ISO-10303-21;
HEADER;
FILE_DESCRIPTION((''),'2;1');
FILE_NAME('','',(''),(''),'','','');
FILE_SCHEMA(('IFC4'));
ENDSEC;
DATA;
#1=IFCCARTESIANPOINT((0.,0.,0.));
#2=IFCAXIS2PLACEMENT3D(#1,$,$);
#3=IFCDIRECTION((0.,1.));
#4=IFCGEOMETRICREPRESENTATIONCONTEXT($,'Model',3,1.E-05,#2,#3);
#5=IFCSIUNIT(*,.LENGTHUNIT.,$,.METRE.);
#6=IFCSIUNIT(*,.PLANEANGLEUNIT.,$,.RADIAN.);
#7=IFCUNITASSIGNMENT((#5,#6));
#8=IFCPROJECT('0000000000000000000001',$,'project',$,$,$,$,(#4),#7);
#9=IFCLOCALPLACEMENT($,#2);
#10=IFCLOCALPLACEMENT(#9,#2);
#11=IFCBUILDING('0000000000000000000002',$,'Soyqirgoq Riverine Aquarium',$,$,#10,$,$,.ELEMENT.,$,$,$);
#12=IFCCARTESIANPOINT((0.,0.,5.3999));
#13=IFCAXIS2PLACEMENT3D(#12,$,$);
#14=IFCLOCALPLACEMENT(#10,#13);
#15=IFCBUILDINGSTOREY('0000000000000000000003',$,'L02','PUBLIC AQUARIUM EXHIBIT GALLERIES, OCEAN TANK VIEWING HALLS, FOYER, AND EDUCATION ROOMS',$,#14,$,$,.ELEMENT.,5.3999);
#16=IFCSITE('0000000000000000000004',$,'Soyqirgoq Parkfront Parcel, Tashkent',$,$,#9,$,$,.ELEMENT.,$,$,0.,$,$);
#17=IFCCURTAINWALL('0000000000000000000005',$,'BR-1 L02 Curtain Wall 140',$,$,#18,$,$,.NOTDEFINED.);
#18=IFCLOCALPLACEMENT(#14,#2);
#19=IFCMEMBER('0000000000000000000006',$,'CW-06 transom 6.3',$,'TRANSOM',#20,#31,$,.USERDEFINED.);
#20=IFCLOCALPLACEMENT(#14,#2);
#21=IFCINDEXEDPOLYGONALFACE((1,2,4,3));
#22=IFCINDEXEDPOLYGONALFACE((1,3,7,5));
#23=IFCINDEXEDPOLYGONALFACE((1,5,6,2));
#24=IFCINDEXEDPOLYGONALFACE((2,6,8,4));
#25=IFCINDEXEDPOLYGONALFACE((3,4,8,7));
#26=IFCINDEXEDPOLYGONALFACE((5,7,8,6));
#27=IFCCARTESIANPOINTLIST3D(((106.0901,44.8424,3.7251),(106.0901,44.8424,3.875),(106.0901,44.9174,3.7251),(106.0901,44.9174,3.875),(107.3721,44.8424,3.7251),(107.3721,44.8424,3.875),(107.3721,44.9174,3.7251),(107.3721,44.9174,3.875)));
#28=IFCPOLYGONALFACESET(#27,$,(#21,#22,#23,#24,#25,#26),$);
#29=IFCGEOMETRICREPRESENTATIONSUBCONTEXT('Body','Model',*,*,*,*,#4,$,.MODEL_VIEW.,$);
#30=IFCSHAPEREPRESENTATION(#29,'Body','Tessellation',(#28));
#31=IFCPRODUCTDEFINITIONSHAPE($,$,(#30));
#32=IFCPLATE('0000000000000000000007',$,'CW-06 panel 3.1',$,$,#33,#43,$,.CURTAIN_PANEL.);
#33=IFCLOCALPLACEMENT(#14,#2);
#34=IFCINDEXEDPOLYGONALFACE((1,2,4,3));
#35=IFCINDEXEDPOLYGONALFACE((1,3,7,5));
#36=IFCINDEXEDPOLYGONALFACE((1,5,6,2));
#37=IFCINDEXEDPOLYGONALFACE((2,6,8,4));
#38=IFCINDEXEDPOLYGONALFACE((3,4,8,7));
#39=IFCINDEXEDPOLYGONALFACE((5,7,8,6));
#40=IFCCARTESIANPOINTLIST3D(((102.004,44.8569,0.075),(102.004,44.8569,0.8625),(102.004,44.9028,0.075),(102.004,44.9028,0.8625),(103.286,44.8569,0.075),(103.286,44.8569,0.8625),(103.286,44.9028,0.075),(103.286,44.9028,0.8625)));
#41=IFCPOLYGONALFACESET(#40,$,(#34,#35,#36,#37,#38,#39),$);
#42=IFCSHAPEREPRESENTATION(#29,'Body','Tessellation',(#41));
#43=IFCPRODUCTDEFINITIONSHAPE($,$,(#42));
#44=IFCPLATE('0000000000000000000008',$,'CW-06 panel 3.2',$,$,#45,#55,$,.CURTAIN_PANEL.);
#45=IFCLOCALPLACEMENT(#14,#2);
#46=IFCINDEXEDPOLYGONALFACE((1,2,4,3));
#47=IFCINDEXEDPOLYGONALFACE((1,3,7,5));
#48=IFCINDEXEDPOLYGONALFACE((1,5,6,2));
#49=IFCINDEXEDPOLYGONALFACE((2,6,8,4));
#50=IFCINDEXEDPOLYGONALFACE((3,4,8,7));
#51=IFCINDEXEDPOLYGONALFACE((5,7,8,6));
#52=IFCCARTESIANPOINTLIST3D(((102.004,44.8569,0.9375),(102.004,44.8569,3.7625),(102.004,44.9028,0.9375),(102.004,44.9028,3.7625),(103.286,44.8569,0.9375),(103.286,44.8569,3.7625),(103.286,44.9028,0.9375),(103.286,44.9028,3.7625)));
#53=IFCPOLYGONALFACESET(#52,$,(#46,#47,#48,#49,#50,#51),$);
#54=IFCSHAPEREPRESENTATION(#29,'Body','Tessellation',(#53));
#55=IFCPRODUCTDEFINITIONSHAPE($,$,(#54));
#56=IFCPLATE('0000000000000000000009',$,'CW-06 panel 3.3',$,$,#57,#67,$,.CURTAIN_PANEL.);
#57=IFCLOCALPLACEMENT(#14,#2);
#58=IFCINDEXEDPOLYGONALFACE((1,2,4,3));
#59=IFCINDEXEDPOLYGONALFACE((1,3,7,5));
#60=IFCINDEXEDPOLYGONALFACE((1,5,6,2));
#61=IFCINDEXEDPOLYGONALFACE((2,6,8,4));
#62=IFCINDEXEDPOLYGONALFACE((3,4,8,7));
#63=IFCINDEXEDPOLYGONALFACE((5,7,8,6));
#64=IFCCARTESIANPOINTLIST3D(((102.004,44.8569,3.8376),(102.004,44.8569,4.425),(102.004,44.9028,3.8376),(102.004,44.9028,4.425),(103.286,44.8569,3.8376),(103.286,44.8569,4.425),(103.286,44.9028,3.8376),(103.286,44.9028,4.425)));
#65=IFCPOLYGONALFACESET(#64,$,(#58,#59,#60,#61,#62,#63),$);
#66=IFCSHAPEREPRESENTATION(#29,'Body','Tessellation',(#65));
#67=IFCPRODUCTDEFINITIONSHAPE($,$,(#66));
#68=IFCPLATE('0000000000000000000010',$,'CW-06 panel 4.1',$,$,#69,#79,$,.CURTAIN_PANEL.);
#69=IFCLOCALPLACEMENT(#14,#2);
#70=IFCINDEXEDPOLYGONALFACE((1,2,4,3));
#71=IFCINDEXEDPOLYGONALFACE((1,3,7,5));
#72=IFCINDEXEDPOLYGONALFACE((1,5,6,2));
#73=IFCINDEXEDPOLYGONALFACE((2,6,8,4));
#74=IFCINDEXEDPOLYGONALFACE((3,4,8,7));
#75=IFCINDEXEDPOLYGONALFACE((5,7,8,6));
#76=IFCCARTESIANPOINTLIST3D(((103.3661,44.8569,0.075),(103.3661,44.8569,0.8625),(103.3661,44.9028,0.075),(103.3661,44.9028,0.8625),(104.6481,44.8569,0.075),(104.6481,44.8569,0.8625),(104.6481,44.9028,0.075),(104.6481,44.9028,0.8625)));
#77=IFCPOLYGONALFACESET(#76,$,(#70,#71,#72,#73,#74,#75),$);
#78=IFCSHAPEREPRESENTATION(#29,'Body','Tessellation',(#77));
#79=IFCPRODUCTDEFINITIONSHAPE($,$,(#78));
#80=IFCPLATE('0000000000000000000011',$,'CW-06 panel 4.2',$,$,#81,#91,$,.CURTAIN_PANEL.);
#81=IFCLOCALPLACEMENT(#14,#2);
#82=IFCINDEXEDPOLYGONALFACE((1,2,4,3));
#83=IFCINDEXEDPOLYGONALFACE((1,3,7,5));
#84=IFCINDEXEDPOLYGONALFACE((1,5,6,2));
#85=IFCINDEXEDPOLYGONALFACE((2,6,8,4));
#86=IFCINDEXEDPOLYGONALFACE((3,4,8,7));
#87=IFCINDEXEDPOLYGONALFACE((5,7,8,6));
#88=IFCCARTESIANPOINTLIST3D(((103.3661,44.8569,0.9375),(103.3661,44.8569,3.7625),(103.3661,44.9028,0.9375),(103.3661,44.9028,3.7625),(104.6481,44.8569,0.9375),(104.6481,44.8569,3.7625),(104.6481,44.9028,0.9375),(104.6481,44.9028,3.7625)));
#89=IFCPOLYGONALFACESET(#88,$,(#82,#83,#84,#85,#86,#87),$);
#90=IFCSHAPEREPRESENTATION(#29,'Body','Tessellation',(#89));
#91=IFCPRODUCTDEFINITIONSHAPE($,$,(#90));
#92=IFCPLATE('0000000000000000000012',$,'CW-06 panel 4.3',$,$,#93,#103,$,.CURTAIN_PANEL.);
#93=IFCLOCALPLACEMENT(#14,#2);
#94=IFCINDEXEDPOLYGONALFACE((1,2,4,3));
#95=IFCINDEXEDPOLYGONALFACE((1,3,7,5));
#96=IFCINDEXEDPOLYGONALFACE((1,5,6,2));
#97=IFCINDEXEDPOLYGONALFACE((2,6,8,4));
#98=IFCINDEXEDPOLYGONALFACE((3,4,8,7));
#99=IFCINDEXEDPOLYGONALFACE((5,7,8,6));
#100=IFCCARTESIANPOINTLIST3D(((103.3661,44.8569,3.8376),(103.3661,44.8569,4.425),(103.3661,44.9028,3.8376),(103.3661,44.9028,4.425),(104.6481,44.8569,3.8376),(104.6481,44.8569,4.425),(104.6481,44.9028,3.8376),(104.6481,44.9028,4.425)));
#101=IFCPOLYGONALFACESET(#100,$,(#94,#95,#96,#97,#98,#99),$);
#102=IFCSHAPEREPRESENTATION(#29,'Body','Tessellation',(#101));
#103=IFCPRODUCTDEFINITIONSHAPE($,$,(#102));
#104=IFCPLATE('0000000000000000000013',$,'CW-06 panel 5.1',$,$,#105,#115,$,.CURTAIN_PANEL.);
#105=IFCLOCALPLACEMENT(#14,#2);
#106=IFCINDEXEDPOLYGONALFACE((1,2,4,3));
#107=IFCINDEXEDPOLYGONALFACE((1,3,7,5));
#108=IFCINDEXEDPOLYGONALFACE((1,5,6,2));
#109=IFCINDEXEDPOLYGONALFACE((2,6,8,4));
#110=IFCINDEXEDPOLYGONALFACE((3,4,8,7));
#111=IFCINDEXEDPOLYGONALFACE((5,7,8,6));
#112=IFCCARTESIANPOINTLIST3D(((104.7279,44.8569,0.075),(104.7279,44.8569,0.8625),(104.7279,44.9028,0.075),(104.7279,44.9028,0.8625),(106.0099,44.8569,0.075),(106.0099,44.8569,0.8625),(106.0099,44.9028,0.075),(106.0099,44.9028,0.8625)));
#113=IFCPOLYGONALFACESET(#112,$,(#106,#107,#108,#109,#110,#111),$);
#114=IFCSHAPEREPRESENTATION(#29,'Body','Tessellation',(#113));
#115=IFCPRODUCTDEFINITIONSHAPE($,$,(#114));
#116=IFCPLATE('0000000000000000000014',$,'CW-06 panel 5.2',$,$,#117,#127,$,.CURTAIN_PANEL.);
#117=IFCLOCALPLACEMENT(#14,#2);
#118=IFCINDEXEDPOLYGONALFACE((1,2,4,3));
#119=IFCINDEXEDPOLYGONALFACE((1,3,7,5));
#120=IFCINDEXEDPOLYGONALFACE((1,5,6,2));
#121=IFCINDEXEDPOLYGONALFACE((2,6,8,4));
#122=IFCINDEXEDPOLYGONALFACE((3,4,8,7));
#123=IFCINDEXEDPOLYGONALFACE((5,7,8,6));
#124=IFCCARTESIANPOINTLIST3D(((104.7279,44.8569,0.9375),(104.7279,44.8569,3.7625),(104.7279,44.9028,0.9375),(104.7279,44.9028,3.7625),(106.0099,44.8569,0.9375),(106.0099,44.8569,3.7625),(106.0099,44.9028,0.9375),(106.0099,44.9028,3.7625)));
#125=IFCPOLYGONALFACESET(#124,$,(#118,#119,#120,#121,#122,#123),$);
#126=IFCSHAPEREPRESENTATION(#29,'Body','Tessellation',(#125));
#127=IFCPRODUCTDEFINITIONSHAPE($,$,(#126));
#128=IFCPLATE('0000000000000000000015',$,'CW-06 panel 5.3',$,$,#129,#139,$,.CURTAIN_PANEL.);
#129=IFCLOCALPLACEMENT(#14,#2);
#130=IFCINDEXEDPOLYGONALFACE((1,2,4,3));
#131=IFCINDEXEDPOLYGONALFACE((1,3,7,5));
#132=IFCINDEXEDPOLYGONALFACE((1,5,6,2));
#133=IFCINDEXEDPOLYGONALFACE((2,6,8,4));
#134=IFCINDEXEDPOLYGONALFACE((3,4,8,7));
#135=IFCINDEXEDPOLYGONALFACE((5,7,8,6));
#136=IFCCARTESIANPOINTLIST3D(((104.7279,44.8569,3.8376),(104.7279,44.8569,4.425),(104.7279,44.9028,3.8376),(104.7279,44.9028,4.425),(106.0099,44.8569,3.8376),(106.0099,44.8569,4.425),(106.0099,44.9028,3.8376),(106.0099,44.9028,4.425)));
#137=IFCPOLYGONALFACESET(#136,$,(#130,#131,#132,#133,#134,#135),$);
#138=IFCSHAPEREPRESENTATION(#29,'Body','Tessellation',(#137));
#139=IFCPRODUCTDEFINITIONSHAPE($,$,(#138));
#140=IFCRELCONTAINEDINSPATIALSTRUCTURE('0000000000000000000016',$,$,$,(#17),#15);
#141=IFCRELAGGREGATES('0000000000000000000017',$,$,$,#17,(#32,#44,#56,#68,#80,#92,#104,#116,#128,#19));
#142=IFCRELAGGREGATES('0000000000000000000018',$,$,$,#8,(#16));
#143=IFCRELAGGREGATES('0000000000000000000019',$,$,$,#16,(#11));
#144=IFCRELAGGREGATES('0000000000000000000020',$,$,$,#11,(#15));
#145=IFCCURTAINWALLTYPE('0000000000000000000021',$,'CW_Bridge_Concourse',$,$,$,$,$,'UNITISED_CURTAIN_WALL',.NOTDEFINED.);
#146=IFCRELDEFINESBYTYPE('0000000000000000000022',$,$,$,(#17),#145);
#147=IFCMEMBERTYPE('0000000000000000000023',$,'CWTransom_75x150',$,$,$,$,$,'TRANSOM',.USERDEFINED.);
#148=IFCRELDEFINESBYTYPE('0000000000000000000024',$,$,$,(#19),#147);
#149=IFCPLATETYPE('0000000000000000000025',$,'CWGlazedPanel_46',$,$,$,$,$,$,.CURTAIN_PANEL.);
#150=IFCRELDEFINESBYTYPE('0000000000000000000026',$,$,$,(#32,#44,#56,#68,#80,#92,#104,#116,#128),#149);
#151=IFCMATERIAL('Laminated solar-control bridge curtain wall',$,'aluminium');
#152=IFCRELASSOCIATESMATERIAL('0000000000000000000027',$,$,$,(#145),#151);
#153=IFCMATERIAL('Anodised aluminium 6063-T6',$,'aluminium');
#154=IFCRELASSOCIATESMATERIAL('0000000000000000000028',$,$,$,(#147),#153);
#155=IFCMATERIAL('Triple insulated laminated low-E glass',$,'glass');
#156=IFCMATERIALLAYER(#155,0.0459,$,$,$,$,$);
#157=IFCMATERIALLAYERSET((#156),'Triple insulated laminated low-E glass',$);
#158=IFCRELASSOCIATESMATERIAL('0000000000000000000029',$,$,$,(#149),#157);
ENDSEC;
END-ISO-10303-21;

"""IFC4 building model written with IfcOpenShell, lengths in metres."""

from ifc_helpers import new_model, si_unit, direction, frame, origin, origin_2d, place, context, subcontext, project, spatial, rectangle, extrude, material, layer, layer_set, material_profile, profile_set, type_object, element, aggregate, save


model = new_model("IFC4")

# Units and contexts
model_context = context("Model", 3, precision=1e-05, world=origin(), true_north=direction((0.0, 1.0)))
body_context = subcontext(model_context, "Body", "Model", "MODEL_VIEW")
ifc_project = project(units=[si_unit("LENGTHUNIT", "METRE"), si_unit("PLANEANGLEUNIT", "RADIAN")], contexts=[model_context])

# Site, building, storey
site_placement = place(None, origin())
site = spatial("IfcSite", under=ifc_project, at=site_placement, Name="Soyqirgoq Parkfront Parcel, Tashkent", CompositionType="ELEMENT", RefElevation=0.0)
building_placement = place(site_placement, origin())
building = spatial("IfcBuilding", under=site, at=building_placement, Name="Soyqirgoq Riverine Aquarium", CompositionType="ELEMENT")
storey_placement = place(building_placement, frame((0.0, 0.0, 5.3999)))
storey = spatial("IfcBuildingStorey", under=building, at=storey_placement, Name="L02", Description="PUBLIC AQUARIUM EXHIBIT GALLERIES, OCEAN TANK VIEWING HALLS, FOYER, AND EDUCATION ROOMS", CompositionType="ELEMENT", Elevation=5.3999)

# Curtain wall, member, plates
ifc_material_1 = material(Name="Laminated solar-control bridge curtain wall", Category="aluminium")
curtain_wall_type = type_object("IfcCurtainWallType", Name="CW_Bridge_Concourse", ElementType="UNITISED_CURTAIN_WALL", PredefinedType="NOTDEFINED", material=ifc_material_1)
curtain_wall_placement = place(storey_placement, origin())
curtain_wall = element("IfcCurtainWall", 1, at=curtain_wall_placement, inside=storey, type_object=curtain_wall_type, Name="BR-1 L02 Curtain Wall 140", PredefinedType="NOTDEFINED")
ifc_material_2 = material(Name="Anodised aluminium 6063-T6", Category="aluminium")
ifc_material_profile_1 = material_profile(ifc_material_2, rectangle(XDim=0.075, YDim=0.1499, at=origin_2d()), Name="ALU-T 75x150")
ifc_profile_set_1 = profile_set([ifc_material_profile_1], Name="Anodised aluminium 6063-T6")
member_type_1 = type_object("IfcMemberType", Name="CWTransom_75x150", ElementType="TRANSOM", PredefinedType="USERDEFINED", material=ifc_profile_set_1)
member_1_placement = place(storey_placement, frame((106.0901, 44.8799, 3.8), z_axis=(1.0, 0.0, 0.0), x_axis=(0.0, 1.0, 0.0)))
member_1 = element("IfcMember", 2, at=member_1_placement, type_object=member_type_1, Name="CW-06 transom 6.3", ObjectType="TRANSOM", PredefinedType="USERDEFINED", context=body_context, shape_type="SweptSolid", body=[
    extrude(rectangle(XDim=0.075, YDim=0.1499, at=origin_2d()), origin(), (0.0, 0.0, 1.0), 1.282),
])
ifc_material_3 = material(Name="Triple insulated laminated low-E glass", Category="glass")
ifc_layer = layer(ifc_material_3, 0.0459)
ifc_layer_set = layer_set([ifc_layer], Name="Triple insulated laminated low-E glass")
plate_type = type_object("IfcPlateType", Name="CWGlazedPanel_46", PredefinedType="CURTAIN_PANEL", material=ifc_layer_set)
plate_1_placement = place(storey_placement, frame((102.645, 44.8799, 0.075), z_axis=(0.0, 0.0, 1.0), x_axis=(1.0, 0.0, 0.0)))
plate_1 = element("IfcPlate", 3, at=plate_1_placement, type_object=plate_type, Name="CW-06 panel 3.1", PredefinedType="CURTAIN_PANEL", context=body_context, shape_type="SweptSolid", body=[
    extrude(rectangle(XDim=1.282, YDim=0.0459, at=origin_2d()), origin(), (0.0, 0.0, 1.0), 0.7876),
])
plate_2_placement = place(storey_placement, frame((102.645, 44.8799, 0.9375), z_axis=(0.0, 0.0, 1.0), x_axis=(1.0, 0.0, 0.0)))
plate_2 = element("IfcPlate", 4, at=plate_2_placement, type_object=plate_type, Name="CW-06 panel 3.2", PredefinedType="CURTAIN_PANEL", context=body_context, shape_type="SweptSolid", body=[
    extrude(rectangle(XDim=1.282, YDim=0.0459, at=origin_2d()), origin(), (0.0, 0.0, 1.0), 2.825),
])
plate_3_placement = place(storey_placement, frame((102.645, 44.8799, 3.8376), z_axis=(0.0, 0.0, 1.0), x_axis=(1.0, 0.0, 0.0)))
plate_3 = element("IfcPlate", 5, at=plate_3_placement, type_object=plate_type, Name="CW-06 panel 3.3", PredefinedType="CURTAIN_PANEL", context=body_context, shape_type="SweptSolid", body=[
    extrude(rectangle(XDim=1.282, YDim=0.0459, at=origin_2d()), origin(), (0.0, 0.0, 1.0), 0.5874),
])
plate_4_placement = place(storey_placement, frame((104.0071, 44.8799, 0.075), z_axis=(0.0, 0.0, 1.0), x_axis=(1.0, 0.0, 0.0)))
plate_4 = element("IfcPlate", 6, at=plate_4_placement, type_object=plate_type, Name="CW-06 panel 4.1", PredefinedType="CURTAIN_PANEL", context=body_context, shape_type="SweptSolid", body=[
    extrude(rectangle(XDim=1.282, YDim=0.0459, at=origin_2d()), origin(), (0.0, 0.0, 1.0), 0.7876),
])
plate_5_placement = place(storey_placement, frame((104.0071, 44.8799, 0.9375), z_axis=(0.0, 0.0, 1.0), x_axis=(1.0, 0.0, 0.0)))
plate_5 = element("IfcPlate", 7, at=plate_5_placement, type_object=plate_type, Name="CW-06 panel 4.2", PredefinedType="CURTAIN_PANEL", context=body_context, shape_type="SweptSolid", body=[
    extrude(rectangle(XDim=1.282, YDim=0.0459, at=origin_2d()), origin(), (0.0, 0.0, 1.0), 2.825),
])
plate_6_placement = place(storey_placement, frame((104.0071, 44.8799, 3.8376), z_axis=(0.0, 0.0, 1.0), x_axis=(1.0, 0.0, 0.0)))
plate_6 = element("IfcPlate", 8, at=plate_6_placement, type_object=plate_type, Name="CW-06 panel 4.3", PredefinedType="CURTAIN_PANEL", context=body_context, shape_type="SweptSolid", body=[
    extrude(rectangle(XDim=1.282, YDim=0.0459, at=origin_2d()), origin(), (0.0, 0.0, 1.0), 0.5874),
])
plate_7_placement = place(storey_placement, frame((105.3689, 44.8799, 0.075), z_axis=(0.0, 0.0, 1.0), x_axis=(1.0, 0.0, 0.0)))
plate_7 = element("IfcPlate", 9, at=plate_7_placement, type_object=plate_type, Name="CW-06 panel 5.1", PredefinedType="CURTAIN_PANEL", context=body_context, shape_type="SweptSolid", body=[
    extrude(rectangle(XDim=1.282, YDim=0.0459, at=origin_2d()), origin(), (0.0, 0.0, 1.0), 0.7876),
])
plate_8_placement = place(storey_placement, frame((105.3689, 44.8799, 0.9375), z_axis=(0.0, 0.0, 1.0), x_axis=(1.0, 0.0, 0.0)))
plate_8 = element("IfcPlate", 10, at=plate_8_placement, type_object=plate_type, Name="CW-06 panel 5.2", PredefinedType="CURTAIN_PANEL", context=body_context, shape_type="SweptSolid", body=[
    extrude(rectangle(XDim=1.282, YDim=0.0459, at=origin_2d()), origin(), (0.0, 0.0, 1.0), 2.825),
])
plate_9_placement = place(storey_placement, frame((105.3689, 44.8799, 3.8376), z_axis=(0.0, 0.0, 1.0), x_axis=(1.0, 0.0, 0.0)))
plate_9 = element("IfcPlate", 11, at=plate_9_placement, type_object=plate_type, Name="CW-06 panel 5.3", PredefinedType="CURTAIN_PANEL", context=body_context, shape_type="SweptSolid", body=[
    extrude(rectangle(XDim=1.282, YDim=0.0459, at=origin_2d()), origin(), (0.0, 0.0, 1.0), 0.5874),
])
aggregate(curtain_wall, [plate_1, plate_2, plate_3, plate_4, plate_5, plate_6, plate_7, plate_8, plate_9, member_1])

save(model, "model.ifc")
